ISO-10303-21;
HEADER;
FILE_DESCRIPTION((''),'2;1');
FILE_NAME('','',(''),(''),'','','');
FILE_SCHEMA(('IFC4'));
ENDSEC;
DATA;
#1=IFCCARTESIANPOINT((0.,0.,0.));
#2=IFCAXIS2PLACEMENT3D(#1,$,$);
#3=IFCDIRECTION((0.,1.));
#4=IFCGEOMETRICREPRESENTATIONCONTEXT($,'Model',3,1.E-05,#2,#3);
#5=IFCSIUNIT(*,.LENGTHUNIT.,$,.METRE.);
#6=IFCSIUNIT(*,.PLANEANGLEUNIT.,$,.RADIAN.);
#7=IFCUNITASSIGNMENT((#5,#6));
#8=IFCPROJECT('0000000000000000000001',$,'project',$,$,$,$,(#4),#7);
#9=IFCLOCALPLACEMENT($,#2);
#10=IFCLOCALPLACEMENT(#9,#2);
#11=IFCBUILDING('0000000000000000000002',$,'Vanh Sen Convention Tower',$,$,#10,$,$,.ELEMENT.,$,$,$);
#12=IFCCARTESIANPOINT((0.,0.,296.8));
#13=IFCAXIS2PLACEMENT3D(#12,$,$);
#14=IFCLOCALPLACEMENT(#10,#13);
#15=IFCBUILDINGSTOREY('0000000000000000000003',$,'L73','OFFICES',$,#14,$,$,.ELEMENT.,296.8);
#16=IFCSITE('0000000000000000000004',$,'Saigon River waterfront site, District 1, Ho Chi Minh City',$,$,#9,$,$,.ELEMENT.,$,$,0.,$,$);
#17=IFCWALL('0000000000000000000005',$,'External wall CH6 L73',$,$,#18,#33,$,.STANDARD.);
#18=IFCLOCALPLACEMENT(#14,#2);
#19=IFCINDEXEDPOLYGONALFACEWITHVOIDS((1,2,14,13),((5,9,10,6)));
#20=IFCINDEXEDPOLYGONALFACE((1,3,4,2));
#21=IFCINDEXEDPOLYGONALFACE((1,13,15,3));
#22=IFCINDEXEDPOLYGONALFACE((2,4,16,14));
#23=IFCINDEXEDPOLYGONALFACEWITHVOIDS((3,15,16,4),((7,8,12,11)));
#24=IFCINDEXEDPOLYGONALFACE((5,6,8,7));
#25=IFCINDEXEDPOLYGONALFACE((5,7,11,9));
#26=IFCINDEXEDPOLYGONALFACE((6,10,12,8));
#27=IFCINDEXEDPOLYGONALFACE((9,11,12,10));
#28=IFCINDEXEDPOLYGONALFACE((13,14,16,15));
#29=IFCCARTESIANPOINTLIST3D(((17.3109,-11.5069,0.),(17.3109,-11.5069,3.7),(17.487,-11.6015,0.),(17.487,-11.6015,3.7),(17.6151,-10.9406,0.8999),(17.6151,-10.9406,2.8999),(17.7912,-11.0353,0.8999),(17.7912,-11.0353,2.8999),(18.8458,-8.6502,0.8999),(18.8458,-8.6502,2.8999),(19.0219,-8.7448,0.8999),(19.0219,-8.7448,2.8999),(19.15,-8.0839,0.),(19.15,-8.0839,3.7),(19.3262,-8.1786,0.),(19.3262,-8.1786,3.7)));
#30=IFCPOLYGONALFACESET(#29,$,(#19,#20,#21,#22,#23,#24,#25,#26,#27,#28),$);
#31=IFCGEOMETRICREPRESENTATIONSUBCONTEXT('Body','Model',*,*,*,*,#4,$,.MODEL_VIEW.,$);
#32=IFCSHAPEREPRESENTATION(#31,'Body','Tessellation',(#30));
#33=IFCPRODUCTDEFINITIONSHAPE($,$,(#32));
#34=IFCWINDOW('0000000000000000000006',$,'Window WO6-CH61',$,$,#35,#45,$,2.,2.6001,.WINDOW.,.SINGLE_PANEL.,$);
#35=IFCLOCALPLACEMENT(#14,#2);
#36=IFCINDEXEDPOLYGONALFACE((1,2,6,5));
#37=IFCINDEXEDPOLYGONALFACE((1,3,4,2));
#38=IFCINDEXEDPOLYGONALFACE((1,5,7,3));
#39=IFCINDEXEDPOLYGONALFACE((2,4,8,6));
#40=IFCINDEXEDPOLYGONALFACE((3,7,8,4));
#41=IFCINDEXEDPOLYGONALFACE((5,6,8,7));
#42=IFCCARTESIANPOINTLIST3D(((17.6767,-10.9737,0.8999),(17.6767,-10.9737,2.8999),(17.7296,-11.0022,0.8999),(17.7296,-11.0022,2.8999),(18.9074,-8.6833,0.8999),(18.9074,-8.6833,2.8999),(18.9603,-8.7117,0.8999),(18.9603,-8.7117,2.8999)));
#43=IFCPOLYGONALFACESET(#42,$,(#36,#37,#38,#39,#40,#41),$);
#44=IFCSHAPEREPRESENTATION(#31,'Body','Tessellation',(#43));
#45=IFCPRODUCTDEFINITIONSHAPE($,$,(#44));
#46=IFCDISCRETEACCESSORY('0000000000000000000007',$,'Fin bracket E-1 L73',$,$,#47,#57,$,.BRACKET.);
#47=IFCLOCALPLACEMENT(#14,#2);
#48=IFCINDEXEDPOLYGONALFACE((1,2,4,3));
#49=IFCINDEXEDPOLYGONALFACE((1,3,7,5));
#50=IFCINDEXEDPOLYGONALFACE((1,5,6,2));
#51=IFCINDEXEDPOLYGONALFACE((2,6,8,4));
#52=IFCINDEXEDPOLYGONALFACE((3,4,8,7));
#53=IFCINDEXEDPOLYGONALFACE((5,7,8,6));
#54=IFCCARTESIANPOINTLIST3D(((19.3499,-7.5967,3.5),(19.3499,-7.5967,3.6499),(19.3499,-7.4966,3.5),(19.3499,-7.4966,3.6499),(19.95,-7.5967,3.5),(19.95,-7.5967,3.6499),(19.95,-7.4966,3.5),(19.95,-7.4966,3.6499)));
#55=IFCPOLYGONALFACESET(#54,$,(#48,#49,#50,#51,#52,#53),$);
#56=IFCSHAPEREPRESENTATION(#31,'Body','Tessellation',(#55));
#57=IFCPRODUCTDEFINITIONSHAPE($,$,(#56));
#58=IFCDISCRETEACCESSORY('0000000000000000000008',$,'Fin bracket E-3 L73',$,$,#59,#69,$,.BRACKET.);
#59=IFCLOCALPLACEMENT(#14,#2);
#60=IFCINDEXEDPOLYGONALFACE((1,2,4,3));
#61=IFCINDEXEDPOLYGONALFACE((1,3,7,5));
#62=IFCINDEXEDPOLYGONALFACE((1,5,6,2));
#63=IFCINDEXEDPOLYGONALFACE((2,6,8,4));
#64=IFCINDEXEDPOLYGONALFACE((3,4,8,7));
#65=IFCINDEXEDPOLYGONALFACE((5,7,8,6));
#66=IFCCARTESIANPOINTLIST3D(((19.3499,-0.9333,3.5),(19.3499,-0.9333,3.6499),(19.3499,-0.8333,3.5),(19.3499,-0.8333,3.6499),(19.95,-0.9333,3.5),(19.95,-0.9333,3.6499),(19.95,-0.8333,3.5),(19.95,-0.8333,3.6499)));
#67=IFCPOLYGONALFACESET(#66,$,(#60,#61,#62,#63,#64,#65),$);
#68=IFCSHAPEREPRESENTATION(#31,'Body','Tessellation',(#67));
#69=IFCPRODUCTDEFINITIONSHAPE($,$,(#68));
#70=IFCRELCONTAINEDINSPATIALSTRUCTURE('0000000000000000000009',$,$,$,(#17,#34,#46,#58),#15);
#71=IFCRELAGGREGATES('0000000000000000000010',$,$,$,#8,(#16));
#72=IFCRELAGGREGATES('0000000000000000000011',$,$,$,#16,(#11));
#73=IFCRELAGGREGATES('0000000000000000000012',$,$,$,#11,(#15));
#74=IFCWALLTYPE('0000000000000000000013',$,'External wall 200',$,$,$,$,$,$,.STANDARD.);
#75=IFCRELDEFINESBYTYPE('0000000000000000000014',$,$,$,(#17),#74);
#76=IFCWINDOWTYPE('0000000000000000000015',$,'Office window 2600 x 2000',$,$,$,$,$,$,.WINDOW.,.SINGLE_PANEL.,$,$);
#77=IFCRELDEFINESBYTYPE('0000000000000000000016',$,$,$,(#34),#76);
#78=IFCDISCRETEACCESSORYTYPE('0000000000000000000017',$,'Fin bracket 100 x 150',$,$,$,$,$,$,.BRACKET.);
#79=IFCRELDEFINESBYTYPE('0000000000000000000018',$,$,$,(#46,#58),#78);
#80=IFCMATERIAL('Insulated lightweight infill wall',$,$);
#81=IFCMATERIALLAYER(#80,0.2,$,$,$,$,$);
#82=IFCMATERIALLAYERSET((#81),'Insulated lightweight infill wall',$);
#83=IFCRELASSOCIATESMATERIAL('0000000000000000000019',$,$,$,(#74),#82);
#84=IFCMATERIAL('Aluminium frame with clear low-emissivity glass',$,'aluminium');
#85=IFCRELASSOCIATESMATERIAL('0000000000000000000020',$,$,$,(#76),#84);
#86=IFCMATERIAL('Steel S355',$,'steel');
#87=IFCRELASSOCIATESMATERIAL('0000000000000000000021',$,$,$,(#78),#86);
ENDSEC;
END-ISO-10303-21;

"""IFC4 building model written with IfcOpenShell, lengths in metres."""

from ifc_helpers import new_model, si_unit, direction, frame, frame_2d, origin, origin_2d, place, context, subcontext, project, spatial, rectangle, extrude, material, layer, layer_set, type_object, element, fill, save


model = new_model("IFC4")

# Units and contexts
model_context = context("Model", 3, precision=1e-05, world=origin(), true_north=direction((0.0, 1.0)))
body_context = subcontext(model_context, "Body", "Model", "MODEL_VIEW")
ifc_project = project(units=[si_unit("LENGTHUNIT", "METRE"), si_unit("PLANEANGLEUNIT", "RADIAN")], contexts=[model_context])

# Site, building, storey
site_placement = place(None, origin())
site = spatial("IfcSite", under=ifc_project, at=site_placement, Name="Saigon River waterfront site, District 1, Ho Chi Minh City", CompositionType="ELEMENT", RefElevation=0.0)
building_placement = place(site_placement, origin())
building = spatial("IfcBuilding", under=site, at=building_placement, Name="Vanh Sen Convention Tower", CompositionType="ELEMENT")
storey_placement = place(building_placement, frame((0.0, 0.0, 296.8)))
storey = spatial("IfcBuildingStorey", under=building, at=storey_placement, Name="L73", Description="OFFICES", CompositionType="ELEMENT", Elevation=296.8)

# Shared definitions
ifc_material_1 = material(Name="Insulated lightweight infill wall")
ifc_layer_1 = layer(ifc_material_1, 0.2)
ifc_layer_set_1 = layer_set([ifc_layer_1], Name="Insulated lightweight infill wall")
wall_type = type_object("IfcWallType", Name="External wall 200", PredefinedType="STANDARD", material=ifc_layer_set_1)
ifc_material_2 = material(Name="Aluminium frame with clear low-emissivity glass", Category="aluminium")

# Wall, opening, window
wall_1_placement = place(storey_placement, frame((17.3989, -11.5542, 0.0), z_axis=(0.0, 0.0, 1.0), x_axis=(0.473309, 0.880896, 0.0)))
wall_1 = element("IfcWall", 1, at=wall_1_placement, inside=storey, type_object=wall_type, Name="External wall CH6 L73", PredefinedType="STANDARD", context=body_context, shape_type="SweptSolid", body=[
    extrude(rectangle(XDim=3.8857, YDim=0.2, at=frame_2d((1.9429, 0.0))), origin(), (0.0, 0.0, 1.0), 3.7),
])
opening_1_placement = place(wall_1_placement, frame((0.6428, 0.0, 0.8999)))
opening_1 = element("IfcOpeningElement", 2, at=opening_1_placement, cuts=wall_1, PredefinedType="OPENING", context=body_context, shape_type="SweptSolid", body=[
    extrude(rectangle(XDim=2.6001, YDim=2.0, at=frame_2d((1.3, 1.0))), frame((0.0, 0.1099, 0.0), z_axis=(0.0, -1.0, 0.0), x_axis=(1.0, 0.0, 0.0)), (0.0, 0.0, 1.0), 0.22),
])
window_type_1 = type_object("IfcWindowType", Name="Office window 2600 x 2000", PartitioningType="SINGLE_PANEL", PredefinedType="WINDOW", material=ifc_material_2)
window_1_placement = place(opening_1_placement, origin())
window_1 = element("IfcWindow", 3, at=window_1_placement, inside=storey, type_object=window_type_1, Name="Window WO6-CH61", OverallHeight=2.0, OverallWidth=2.6001, PartitioningType="SINGLE_PANEL", PredefinedType="WINDOW", context=body_context, shape_type="SweptSolid", body=[
    extrude(rectangle(XDim=2.6001, YDim=2.0, at=frame_2d((1.3, 1.0))), frame((0.0, 0.03, 0.0), z_axis=(0.0, -1.0, 0.0), x_axis=(1.0, 0.0, 0.0)), (0.0, 0.0, 1.0), 0.0601),
])
fill(opening_1, window_1)

# Discrete accessories
ifc_material_3 = material(Name="Steel S355", Category="steel")
discrete_accessory_type = type_object("IfcDiscreteAccessoryType", Name="Fin bracket 100 x 150", PredefinedType="BRACKET", material=ifc_material_3)
for number, where, z_axis, x_axis, name in (
    (4, (19.6499, -7.5466, 3.5), (0.0, 0.0, 1.0), (1.0, 0.0, 0.0), "Fin bracket E-1 L73"),
    (5, (19.6499, -0.8833, 3.5), (0.0, 0.0, 1.0), (1.0, 0.0, 0.0), "Fin bracket E-3 L73"),
):
    element("IfcDiscreteAccessory", number, at=place(storey_placement, frame(where, z_axis=z_axis, x_axis=x_axis)), inside=storey, type_object=discrete_accessory_type, Name=name, PredefinedType="BRACKET", context=body_context, shape_type="SweptSolid", body=[
        extrude(rectangle(XDim=0.6001, YDim=0.1001, at=origin_2d()), origin(), (0.0, 0.0, 1.0), 0.1499),
    ])

save(model, "model.ifc")
